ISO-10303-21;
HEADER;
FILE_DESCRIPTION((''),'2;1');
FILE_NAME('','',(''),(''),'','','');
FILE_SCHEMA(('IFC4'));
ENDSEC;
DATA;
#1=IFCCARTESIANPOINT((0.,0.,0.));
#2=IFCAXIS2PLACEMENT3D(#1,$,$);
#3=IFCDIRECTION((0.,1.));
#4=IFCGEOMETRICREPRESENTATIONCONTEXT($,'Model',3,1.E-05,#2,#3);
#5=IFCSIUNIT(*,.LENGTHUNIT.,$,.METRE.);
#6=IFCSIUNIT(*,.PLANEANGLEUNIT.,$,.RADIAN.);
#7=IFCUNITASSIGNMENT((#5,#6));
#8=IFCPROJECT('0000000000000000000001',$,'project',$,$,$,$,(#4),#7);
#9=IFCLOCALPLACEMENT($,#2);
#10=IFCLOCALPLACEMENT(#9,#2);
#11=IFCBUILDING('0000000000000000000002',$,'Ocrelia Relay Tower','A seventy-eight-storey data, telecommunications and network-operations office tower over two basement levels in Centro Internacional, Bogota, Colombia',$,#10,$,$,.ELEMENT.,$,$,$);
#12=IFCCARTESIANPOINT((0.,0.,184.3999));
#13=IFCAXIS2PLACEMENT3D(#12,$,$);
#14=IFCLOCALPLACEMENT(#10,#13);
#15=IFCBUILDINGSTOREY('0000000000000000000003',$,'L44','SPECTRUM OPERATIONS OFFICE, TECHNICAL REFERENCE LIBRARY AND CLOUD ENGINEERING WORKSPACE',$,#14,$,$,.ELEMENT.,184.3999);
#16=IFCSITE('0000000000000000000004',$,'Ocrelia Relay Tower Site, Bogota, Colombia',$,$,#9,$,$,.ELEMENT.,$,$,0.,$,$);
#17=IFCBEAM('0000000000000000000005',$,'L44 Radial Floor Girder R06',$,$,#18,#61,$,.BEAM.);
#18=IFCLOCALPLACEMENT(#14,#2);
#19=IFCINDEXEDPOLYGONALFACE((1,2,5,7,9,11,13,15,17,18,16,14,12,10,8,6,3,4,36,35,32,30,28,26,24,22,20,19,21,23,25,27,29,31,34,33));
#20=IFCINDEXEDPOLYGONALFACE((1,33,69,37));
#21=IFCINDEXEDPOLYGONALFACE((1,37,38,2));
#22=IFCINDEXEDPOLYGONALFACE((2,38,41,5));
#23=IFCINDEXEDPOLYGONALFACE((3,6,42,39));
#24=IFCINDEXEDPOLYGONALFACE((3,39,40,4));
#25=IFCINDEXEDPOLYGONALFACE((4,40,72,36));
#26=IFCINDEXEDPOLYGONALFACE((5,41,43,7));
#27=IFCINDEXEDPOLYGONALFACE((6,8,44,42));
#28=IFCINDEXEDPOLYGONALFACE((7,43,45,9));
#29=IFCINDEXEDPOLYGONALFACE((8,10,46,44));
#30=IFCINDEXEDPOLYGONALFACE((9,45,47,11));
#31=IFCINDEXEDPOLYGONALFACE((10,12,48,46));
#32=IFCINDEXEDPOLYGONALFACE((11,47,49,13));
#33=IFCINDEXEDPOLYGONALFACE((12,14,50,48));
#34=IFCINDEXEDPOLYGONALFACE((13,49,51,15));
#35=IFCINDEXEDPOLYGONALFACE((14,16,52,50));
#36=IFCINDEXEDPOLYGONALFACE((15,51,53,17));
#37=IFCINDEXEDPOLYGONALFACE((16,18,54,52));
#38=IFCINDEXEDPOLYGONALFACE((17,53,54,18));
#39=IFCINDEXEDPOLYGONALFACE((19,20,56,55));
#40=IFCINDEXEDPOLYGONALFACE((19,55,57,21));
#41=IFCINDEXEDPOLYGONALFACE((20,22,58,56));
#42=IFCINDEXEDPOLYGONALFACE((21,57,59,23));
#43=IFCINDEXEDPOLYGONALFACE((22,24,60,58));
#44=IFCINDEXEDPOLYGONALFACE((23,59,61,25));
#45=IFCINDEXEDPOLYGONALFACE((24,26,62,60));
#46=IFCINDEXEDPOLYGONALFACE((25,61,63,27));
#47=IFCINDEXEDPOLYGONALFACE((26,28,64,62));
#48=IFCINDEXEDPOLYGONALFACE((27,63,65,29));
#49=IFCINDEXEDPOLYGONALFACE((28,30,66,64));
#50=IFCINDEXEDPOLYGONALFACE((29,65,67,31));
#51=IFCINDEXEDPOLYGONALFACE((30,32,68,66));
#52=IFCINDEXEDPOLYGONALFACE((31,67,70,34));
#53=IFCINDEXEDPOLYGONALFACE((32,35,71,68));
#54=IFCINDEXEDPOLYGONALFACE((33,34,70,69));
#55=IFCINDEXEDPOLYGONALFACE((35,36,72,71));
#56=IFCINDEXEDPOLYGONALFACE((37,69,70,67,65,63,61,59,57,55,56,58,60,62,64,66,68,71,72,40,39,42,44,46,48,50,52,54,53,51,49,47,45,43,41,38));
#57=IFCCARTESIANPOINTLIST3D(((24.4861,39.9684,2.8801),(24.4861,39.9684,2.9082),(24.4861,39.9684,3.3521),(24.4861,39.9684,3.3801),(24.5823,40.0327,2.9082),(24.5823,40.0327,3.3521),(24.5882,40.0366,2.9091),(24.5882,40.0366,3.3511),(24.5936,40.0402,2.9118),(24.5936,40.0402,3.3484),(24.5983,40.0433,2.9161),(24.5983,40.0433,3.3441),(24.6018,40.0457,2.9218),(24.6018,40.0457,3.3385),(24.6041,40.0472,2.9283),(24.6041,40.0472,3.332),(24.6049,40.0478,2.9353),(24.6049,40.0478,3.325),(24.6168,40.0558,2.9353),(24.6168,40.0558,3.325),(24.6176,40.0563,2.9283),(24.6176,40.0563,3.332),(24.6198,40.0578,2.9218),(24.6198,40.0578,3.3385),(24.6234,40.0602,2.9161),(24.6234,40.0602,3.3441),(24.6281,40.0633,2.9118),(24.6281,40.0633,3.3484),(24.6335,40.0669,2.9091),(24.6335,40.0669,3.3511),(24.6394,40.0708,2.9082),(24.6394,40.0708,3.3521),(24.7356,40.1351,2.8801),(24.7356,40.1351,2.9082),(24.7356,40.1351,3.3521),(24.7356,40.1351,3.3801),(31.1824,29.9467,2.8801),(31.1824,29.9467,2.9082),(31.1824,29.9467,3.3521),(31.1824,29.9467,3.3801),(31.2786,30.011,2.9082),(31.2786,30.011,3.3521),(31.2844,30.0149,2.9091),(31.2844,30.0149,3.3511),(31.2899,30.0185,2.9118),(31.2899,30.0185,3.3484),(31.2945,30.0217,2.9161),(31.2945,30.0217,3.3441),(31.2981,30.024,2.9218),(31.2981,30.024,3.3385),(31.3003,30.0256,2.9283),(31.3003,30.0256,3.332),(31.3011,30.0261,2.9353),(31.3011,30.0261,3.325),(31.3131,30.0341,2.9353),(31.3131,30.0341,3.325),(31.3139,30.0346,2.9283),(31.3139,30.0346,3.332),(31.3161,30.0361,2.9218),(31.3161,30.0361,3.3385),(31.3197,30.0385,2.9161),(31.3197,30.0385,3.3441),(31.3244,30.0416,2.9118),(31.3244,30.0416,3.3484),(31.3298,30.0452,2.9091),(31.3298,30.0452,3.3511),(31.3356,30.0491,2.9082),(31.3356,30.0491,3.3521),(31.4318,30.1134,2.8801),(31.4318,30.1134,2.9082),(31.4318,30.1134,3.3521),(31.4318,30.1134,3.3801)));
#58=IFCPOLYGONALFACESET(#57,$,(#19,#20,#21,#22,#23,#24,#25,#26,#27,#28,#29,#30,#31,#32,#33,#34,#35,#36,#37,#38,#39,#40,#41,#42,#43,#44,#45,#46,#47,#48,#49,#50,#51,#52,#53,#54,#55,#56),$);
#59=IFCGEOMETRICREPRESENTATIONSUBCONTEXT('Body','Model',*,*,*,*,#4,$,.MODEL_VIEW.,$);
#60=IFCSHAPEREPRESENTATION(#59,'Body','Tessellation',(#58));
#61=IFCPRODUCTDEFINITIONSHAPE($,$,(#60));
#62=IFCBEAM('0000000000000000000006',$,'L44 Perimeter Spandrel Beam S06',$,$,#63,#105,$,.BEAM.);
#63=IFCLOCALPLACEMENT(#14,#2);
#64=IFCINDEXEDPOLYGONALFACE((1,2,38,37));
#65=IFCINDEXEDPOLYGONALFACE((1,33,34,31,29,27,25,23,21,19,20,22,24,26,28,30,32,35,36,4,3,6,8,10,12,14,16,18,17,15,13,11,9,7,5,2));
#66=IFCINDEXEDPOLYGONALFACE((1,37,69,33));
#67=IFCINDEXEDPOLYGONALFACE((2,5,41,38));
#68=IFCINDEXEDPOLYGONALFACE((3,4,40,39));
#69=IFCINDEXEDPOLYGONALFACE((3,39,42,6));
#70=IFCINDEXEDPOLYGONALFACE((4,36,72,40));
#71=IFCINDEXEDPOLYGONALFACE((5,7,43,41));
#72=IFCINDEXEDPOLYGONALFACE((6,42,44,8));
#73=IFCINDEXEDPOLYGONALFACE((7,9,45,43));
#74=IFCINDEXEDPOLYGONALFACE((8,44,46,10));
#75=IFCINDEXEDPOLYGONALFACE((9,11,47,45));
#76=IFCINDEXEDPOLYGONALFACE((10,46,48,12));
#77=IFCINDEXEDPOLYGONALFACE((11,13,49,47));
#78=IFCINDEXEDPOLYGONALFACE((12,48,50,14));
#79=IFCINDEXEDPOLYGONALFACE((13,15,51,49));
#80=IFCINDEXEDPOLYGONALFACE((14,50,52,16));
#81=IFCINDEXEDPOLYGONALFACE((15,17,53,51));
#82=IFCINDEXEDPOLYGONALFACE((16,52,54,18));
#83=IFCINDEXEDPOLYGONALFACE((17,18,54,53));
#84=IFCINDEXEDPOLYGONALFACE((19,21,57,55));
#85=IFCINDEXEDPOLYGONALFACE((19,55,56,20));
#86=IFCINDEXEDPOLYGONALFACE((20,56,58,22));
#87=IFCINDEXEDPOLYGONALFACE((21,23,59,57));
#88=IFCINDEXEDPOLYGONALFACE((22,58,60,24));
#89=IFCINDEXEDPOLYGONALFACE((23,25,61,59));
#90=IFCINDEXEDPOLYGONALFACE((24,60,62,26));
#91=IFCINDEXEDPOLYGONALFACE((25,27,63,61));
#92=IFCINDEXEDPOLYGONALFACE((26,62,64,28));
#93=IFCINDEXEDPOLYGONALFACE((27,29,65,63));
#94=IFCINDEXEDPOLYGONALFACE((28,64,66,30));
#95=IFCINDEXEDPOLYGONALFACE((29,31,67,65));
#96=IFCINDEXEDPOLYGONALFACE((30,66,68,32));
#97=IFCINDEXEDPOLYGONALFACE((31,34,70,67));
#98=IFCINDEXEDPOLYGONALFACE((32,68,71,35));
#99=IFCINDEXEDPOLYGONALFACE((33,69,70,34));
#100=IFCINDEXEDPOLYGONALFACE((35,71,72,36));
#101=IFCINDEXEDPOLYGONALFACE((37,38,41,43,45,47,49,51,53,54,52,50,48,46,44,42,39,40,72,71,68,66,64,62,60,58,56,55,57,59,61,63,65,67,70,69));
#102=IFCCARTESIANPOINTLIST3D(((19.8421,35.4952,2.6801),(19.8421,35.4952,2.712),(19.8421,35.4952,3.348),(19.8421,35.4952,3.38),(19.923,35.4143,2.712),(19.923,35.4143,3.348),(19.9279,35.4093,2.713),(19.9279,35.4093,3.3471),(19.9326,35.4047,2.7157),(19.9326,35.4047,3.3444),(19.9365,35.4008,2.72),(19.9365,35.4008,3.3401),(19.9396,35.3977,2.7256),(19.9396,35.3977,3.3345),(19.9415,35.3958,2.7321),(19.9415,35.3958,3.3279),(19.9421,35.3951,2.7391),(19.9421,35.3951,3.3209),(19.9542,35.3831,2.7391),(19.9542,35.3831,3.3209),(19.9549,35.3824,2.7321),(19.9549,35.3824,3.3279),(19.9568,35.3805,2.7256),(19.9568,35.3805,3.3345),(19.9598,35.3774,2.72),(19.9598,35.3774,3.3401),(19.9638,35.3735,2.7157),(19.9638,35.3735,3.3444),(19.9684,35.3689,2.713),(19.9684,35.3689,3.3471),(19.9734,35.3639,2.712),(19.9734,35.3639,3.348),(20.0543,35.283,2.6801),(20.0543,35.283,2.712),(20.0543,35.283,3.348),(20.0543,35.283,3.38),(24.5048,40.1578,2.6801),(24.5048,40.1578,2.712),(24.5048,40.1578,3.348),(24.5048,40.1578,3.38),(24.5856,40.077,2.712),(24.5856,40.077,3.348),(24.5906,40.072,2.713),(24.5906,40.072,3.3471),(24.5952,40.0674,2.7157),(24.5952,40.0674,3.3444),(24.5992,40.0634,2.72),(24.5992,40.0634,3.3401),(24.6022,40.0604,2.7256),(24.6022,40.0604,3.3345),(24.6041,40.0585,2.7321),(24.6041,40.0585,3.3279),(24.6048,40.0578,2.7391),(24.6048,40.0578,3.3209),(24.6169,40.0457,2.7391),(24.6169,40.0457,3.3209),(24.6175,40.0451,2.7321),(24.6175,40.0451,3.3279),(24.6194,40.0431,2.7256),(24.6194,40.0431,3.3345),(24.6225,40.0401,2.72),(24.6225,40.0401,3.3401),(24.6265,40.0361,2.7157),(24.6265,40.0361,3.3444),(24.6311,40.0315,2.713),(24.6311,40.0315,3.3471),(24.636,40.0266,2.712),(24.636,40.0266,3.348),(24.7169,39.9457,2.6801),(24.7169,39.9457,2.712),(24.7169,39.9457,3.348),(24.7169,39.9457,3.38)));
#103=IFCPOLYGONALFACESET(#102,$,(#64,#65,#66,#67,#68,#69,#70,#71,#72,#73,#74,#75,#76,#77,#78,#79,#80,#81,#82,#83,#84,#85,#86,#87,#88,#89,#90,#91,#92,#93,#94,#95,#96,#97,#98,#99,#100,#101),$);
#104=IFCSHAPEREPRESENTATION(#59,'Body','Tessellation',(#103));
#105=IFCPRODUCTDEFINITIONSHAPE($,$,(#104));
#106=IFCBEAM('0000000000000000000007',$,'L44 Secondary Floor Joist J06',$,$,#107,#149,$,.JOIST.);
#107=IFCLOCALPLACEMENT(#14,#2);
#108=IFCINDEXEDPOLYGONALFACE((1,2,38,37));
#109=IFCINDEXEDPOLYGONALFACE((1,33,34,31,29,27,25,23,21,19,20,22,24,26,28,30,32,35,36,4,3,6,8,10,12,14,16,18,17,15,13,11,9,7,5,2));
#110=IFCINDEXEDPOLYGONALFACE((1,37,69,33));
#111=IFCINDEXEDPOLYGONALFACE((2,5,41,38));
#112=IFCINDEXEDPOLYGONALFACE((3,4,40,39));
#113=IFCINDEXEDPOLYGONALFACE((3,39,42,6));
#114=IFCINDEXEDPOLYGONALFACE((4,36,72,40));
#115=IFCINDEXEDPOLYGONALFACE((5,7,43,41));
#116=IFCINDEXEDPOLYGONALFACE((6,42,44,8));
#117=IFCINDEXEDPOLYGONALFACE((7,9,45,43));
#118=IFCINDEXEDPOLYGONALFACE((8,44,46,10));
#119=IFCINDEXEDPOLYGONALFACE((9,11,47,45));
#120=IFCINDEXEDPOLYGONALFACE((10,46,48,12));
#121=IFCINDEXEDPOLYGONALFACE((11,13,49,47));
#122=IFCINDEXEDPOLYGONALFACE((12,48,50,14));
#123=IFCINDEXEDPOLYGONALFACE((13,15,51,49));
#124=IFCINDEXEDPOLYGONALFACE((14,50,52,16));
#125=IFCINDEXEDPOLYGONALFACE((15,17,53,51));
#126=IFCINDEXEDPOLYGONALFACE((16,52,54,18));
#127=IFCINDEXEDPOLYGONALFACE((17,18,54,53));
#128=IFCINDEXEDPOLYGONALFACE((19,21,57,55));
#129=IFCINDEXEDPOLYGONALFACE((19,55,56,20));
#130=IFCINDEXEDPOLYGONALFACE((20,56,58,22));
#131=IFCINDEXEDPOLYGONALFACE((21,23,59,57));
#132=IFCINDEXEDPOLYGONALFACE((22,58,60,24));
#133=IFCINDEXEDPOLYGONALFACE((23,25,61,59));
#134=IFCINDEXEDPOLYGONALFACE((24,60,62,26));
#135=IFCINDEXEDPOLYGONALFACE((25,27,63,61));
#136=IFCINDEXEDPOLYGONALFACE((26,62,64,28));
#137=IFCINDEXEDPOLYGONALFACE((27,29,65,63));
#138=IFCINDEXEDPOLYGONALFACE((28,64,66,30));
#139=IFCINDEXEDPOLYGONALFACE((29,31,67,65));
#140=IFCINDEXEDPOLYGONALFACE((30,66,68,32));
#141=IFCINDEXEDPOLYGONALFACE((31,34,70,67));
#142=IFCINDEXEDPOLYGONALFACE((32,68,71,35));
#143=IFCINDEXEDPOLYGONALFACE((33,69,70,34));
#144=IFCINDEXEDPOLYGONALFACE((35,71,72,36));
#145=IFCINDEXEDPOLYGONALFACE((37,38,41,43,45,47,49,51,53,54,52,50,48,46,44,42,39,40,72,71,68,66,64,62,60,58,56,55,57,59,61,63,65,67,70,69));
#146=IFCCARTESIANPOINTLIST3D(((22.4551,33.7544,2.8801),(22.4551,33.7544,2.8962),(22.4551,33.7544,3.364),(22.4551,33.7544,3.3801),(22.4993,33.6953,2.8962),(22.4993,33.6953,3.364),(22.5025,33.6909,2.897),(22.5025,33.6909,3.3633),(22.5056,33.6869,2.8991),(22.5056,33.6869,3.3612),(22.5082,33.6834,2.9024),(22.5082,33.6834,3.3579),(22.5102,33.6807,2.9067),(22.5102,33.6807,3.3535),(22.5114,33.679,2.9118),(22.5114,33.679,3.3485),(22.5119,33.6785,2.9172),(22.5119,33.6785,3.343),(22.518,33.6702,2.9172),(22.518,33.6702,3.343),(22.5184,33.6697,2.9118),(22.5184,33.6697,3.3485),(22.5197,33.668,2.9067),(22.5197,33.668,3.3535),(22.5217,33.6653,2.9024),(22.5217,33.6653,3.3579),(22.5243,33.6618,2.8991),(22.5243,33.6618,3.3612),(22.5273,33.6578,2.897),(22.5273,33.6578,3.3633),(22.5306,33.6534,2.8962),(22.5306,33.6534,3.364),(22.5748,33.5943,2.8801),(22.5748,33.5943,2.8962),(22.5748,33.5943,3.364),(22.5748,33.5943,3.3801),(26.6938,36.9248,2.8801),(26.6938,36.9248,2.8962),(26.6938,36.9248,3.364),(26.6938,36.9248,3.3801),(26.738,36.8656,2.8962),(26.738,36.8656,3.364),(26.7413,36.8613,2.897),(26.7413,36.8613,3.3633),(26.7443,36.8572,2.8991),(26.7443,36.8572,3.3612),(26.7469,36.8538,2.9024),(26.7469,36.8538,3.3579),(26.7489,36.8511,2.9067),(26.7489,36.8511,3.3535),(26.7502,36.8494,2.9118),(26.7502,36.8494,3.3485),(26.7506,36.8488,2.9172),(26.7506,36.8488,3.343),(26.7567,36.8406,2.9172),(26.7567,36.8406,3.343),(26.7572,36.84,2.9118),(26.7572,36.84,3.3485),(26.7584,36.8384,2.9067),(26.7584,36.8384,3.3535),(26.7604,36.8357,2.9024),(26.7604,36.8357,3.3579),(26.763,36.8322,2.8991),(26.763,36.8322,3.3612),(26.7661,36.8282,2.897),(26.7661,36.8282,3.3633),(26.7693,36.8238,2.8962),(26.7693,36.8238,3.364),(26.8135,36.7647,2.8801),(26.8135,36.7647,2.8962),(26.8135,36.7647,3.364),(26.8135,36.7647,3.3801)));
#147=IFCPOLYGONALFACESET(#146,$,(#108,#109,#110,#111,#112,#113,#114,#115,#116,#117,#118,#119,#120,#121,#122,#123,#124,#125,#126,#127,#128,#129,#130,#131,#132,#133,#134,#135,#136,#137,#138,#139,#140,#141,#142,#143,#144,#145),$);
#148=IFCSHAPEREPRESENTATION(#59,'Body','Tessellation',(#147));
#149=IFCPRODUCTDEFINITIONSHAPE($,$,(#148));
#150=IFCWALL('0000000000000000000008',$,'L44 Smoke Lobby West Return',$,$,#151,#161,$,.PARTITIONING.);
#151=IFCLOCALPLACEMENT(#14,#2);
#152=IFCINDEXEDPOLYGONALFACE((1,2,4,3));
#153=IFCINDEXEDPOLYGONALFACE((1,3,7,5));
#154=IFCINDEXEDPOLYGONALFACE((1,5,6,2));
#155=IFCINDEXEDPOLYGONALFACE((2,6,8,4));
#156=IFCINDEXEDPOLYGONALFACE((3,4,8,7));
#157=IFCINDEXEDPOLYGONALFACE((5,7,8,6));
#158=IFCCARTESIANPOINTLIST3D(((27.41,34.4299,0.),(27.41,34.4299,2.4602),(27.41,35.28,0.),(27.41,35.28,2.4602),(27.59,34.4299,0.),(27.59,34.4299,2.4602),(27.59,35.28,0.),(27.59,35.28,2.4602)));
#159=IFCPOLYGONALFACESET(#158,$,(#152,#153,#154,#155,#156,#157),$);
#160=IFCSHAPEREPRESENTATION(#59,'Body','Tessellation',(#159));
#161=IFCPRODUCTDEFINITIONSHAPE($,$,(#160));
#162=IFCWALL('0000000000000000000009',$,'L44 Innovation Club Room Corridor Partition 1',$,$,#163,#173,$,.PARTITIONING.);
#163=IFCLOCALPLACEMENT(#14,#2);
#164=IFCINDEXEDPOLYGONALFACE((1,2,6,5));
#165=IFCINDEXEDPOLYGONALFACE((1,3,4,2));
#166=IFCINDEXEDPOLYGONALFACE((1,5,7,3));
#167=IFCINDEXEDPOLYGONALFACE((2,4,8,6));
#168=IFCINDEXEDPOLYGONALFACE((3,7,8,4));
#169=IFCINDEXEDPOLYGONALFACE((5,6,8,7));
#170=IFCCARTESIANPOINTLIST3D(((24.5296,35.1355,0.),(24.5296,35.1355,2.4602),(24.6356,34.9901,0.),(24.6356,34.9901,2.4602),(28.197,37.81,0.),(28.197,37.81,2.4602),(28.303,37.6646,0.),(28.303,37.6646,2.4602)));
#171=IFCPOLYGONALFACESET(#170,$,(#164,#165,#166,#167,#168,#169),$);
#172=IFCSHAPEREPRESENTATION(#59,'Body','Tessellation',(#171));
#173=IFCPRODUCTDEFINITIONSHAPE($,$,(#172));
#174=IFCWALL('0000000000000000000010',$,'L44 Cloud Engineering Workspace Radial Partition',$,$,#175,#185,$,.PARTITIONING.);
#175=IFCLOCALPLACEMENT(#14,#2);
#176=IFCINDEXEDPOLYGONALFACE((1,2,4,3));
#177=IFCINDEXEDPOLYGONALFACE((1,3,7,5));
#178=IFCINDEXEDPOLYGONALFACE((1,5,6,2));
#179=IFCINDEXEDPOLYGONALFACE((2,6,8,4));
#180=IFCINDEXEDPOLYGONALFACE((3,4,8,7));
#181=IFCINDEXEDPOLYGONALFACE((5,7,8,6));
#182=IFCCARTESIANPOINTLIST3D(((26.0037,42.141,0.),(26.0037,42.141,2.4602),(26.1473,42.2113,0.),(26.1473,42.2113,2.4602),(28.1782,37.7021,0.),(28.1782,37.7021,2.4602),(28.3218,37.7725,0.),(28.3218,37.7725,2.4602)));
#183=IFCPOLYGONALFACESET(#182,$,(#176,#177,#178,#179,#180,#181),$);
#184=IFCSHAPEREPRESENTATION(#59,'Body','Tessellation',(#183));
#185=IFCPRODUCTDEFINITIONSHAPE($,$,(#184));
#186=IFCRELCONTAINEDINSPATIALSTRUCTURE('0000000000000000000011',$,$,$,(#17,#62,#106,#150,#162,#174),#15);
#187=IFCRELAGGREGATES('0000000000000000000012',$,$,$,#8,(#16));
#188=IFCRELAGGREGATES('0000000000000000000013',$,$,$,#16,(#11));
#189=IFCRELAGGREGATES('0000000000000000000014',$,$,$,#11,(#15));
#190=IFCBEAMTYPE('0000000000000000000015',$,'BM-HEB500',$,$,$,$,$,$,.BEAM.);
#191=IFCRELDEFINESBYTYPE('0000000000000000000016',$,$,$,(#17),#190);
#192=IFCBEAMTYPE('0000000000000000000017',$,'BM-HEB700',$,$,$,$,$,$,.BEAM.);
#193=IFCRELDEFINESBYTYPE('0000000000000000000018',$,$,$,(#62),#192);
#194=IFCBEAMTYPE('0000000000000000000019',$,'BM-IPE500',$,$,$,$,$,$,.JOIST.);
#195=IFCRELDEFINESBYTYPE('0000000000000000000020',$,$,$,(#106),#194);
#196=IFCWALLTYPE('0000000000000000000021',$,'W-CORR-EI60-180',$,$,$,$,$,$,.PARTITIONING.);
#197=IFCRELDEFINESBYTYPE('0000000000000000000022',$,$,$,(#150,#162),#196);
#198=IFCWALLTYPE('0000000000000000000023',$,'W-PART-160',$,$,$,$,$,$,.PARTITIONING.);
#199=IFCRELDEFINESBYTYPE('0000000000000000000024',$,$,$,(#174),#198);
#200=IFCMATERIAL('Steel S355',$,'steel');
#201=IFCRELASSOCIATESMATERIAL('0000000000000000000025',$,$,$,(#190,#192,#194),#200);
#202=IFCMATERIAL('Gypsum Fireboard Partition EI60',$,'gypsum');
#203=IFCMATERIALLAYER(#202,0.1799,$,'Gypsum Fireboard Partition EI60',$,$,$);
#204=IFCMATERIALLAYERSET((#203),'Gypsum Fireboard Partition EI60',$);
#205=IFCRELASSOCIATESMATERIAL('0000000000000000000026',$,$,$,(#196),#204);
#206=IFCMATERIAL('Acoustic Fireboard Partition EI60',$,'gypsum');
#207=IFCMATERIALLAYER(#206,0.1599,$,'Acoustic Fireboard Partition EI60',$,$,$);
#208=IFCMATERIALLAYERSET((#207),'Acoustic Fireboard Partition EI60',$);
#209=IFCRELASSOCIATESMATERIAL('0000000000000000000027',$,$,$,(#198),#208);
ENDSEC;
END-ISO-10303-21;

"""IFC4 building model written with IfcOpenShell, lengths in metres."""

from ifc_helpers import new_model, si_unit, direction, frame, frame_2d, origin, origin_2d, place, context, subcontext, project, spatial, rectangle, i_section, extrude, material, layer, layer_set, material_profile, profile_set, type_object, element, save


model = new_model("IFC4")

# Units and contexts
model_context = context("Model", 3, precision=1e-05, world=origin(), true_north=direction((0.0, 1.0)))
body_context = subcontext(model_context, "Body", "Model", "MODEL_VIEW")
ifc_project = project(units=[si_unit("LENGTHUNIT", "METRE"), si_unit("PLANEANGLEUNIT", "RADIAN")], contexts=[model_context])

# Site, building, storey
site_placement = place(None, origin())
site = spatial("IfcSite", under=ifc_project, at=site_placement, Name="Ocrelia Relay Tower Site, Bogota, Colombia", CompositionType="ELEMENT", RefElevation=0.0)
building_placement = place(site_placement, origin())
building = spatial("IfcBuilding", under=site, at=building_placement, Name="Ocrelia Relay Tower", Description="A seventy-eight-storey data, telecommunications and network-operations office tower over two basement levels in Centro Internacional, Bogota, Colombia", CompositionType="ELEMENT")
storey_placement = place(building_placement, frame((0.0, 0.0, 184.3999)))
storey = spatial("IfcBuildingStorey", under=building, at=storey_placement, Name="L44", Description="SPECTRUM OPERATIONS OFFICE, TECHNICAL REFERENCE LIBRARY AND CLOUD ENGINEERING WORKSPACE", CompositionType="ELEMENT", Elevation=184.3999)

# Beams
ifc_material_1 = material(Name="Steel S355", Category="steel")
ifc_material_profile_1 = material_profile(ifc_material_1, i_section(OverallWidth=0.3, OverallDepth=0.5, WebThickness=0.0144, FlangeThickness=0.0281, FilletRadius=0.0271, at=origin_2d()), Name="HEB 500")
ifc_profile_set_1 = profile_set([ifc_material_profile_1], Name="Steel S355")
beam_type_1 = type_object("IfcBeamType", Name="BM-HEB500", PredefinedType="BEAM", material=ifc_profile_set_1)
beam_1_placement = place(storey_placement, frame((24.6108, 40.0518, 3.1301), z_axis=(0.555569, -0.83147, 0.0), x_axis=(0.83147, 0.555569, 0.0)))
element("IfcBeam", 1, at=beam_1_placement, inside=storey, type_object=beam_type_1, Name="L44 Radial Floor Girder R06", PredefinedType="BEAM", context=body_context, shape_type="SweptSolid", body=[
    extrude(i_section(OverallWidth=0.3, OverallDepth=0.5, WebThickness=0.0144, FlangeThickness=0.0281, FilletRadius=0.0271, at=origin_2d()), origin(), (0.0, 0.0, 1.0), 12.053),
])
ifc_material_profile_2 = material_profile(ifc_material_1, i_section(OverallWidth=0.3, OverallDepth=0.7, WebThickness=0.0171, FlangeThickness=0.032, FilletRadius=0.0271, at=origin_2d()), Name="HEB 700")
ifc_profile_set_2 = profile_set([ifc_material_profile_2], Name="Steel S355")
beam_type_2 = type_object("IfcBeamType", Name="BM-HEB700", PredefinedType="BEAM", material=ifc_profile_set_2)
beam_2_placement = place(storey_placement, frame((24.6108, 40.0518, 3.03), z_axis=(-0.707107, -0.707107, 0.0), x_axis=(0.707107, -0.707107, 0.0)))
element("IfcBeam", 2, at=beam_2_placement, inside=storey, type_object=beam_type_2, Name="L44 Perimeter Spandrel Beam S06", PredefinedType="BEAM", context=body_context, shape_type="SweptSolid", body=[
    extrude(i_section(OverallWidth=0.3, OverallDepth=0.7, WebThickness=0.0171, FlangeThickness=0.032, FilletRadius=0.0271, at=origin_2d()), origin(), (0.0, 0.0, 1.0), 6.594),
])
ifc_material_profile_3 = material_profile(ifc_material_1, i_section(OverallWidth=0.2, OverallDepth=0.5, WebThickness=0.0103, FlangeThickness=0.0161, FilletRadius=0.021, at=origin_2d()), Name="IPE 500")
ifc_profile_set_3 = profile_set([ifc_material_profile_3], Name="Steel S355")
beam_type_3 = type_object("IfcBeamType", Name="BM-IPE500", PredefinedType="JOIST", material=ifc_profile_set_3)
beam_3_placement = place(storey_placement, frame((26.7537, 36.8447, 3.1301), z_axis=(-0.800785, -0.598952, 0.0), x_axis=(0.598952, -0.800785, 0.0)))
element("IfcBeam", 3, at=beam_3_placement, inside=storey, type_object=beam_type_3, Name="L44 Secondary Floor Joist J06", PredefinedType="JOIST", context=body_context, shape_type="SweptSolid", body=[
    extrude(i_section(OverallWidth=0.2, OverallDepth=0.5, WebThickness=0.0103, FlangeThickness=0.0161, FilletRadius=0.021, at=origin_2d()), origin(), (0.0, 0.0, 1.0), 5.2932),
])

# Wall
ifc_material_2 = material(Name="Gypsum Fireboard Partition EI60", Category="gypsum")
ifc_layer_1 = layer(ifc_material_2, 0.1799, Name="Gypsum Fireboard Partition EI60")
ifc_layer_set_1 = layer_set([ifc_layer_1], Name="Gypsum Fireboard Partition EI60")
wall_type_1 = type_object("IfcWallType", Name="W-CORR-EI60-180", PredefinedType="PARTITIONING", material=ifc_layer_set_1)
wall_1_placement = place(storey_placement, frame((27.5, 34.4299, 0.0), z_axis=(0.0, 0.0, 1.0), x_axis=(0.0, 1.0, 0.0)))
element("IfcWall", 4, at=wall_1_placement, inside=storey, type_object=wall_type_1, Name="L44 Smoke Lobby West Return", PredefinedType="PARTITIONING", context=body_context, shape_type="SweptSolid", body=[
    extrude(rectangle(XDim=0.8501, YDim=0.1799, at=frame_2d((0.425, 0.0))), origin(), (0.0, 0.0, 1.0), 2.4602),
])

# Wall
wall_2_placement = place(storey_placement, frame((28.25, 37.7373, 0.0), z_axis=(0.0, 0.0, 1.0), x_axis=(-0.80797, -0.589223, 0.0)))
element("IfcWall", 5, at=wall_2_placement, inside=storey, type_object=wall_type_1, Name="L44 Innovation Club Room Corridor Partition 1", PredefinedType="PARTITIONING", context=body_context, shape_type="SweptSolid", body=[
    extrude(rectangle(XDim=4.5391, YDim=0.1799, at=frame_2d((2.2695, 0.0))), origin(), (0.0, 0.0, 1.0), 2.4602),
])

# Wall
ifc_material_3 = material(Name="Acoustic Fireboard Partition EI60", Category="gypsum")
ifc_layer_2 = layer(ifc_material_3, 0.1599, Name="Acoustic Fireboard Partition EI60")
ifc_layer_set_2 = layer_set([ifc_layer_2], Name="Acoustic Fireboard Partition EI60")
wall_type_2 = type_object("IfcWallType", Name="W-PART-160", PredefinedType="PARTITIONING", material=ifc_layer_set_2)
wall_3_placement = place(storey_placement, frame((28.25, 37.7373, 0.0), z_axis=(0.0, 0.0, 1.0), x_axis=(-0.439928, 0.898033, 0.0)))
element("IfcWall", 6, at=wall_3_placement, inside=storey, type_object=wall_type_2, Name="L44 Cloud Engineering Workspace Radial Partition", PredefinedType="PARTITIONING", context=body_context, shape_type="SweptSolid", body=[
    extrude(rectangle(XDim=4.9429, YDim=0.1599, at=frame_2d((2.4714, 0.0))), origin(), (0.0, 0.0, 1.0), 2.4602),
])

save(model, "model.ifc")
